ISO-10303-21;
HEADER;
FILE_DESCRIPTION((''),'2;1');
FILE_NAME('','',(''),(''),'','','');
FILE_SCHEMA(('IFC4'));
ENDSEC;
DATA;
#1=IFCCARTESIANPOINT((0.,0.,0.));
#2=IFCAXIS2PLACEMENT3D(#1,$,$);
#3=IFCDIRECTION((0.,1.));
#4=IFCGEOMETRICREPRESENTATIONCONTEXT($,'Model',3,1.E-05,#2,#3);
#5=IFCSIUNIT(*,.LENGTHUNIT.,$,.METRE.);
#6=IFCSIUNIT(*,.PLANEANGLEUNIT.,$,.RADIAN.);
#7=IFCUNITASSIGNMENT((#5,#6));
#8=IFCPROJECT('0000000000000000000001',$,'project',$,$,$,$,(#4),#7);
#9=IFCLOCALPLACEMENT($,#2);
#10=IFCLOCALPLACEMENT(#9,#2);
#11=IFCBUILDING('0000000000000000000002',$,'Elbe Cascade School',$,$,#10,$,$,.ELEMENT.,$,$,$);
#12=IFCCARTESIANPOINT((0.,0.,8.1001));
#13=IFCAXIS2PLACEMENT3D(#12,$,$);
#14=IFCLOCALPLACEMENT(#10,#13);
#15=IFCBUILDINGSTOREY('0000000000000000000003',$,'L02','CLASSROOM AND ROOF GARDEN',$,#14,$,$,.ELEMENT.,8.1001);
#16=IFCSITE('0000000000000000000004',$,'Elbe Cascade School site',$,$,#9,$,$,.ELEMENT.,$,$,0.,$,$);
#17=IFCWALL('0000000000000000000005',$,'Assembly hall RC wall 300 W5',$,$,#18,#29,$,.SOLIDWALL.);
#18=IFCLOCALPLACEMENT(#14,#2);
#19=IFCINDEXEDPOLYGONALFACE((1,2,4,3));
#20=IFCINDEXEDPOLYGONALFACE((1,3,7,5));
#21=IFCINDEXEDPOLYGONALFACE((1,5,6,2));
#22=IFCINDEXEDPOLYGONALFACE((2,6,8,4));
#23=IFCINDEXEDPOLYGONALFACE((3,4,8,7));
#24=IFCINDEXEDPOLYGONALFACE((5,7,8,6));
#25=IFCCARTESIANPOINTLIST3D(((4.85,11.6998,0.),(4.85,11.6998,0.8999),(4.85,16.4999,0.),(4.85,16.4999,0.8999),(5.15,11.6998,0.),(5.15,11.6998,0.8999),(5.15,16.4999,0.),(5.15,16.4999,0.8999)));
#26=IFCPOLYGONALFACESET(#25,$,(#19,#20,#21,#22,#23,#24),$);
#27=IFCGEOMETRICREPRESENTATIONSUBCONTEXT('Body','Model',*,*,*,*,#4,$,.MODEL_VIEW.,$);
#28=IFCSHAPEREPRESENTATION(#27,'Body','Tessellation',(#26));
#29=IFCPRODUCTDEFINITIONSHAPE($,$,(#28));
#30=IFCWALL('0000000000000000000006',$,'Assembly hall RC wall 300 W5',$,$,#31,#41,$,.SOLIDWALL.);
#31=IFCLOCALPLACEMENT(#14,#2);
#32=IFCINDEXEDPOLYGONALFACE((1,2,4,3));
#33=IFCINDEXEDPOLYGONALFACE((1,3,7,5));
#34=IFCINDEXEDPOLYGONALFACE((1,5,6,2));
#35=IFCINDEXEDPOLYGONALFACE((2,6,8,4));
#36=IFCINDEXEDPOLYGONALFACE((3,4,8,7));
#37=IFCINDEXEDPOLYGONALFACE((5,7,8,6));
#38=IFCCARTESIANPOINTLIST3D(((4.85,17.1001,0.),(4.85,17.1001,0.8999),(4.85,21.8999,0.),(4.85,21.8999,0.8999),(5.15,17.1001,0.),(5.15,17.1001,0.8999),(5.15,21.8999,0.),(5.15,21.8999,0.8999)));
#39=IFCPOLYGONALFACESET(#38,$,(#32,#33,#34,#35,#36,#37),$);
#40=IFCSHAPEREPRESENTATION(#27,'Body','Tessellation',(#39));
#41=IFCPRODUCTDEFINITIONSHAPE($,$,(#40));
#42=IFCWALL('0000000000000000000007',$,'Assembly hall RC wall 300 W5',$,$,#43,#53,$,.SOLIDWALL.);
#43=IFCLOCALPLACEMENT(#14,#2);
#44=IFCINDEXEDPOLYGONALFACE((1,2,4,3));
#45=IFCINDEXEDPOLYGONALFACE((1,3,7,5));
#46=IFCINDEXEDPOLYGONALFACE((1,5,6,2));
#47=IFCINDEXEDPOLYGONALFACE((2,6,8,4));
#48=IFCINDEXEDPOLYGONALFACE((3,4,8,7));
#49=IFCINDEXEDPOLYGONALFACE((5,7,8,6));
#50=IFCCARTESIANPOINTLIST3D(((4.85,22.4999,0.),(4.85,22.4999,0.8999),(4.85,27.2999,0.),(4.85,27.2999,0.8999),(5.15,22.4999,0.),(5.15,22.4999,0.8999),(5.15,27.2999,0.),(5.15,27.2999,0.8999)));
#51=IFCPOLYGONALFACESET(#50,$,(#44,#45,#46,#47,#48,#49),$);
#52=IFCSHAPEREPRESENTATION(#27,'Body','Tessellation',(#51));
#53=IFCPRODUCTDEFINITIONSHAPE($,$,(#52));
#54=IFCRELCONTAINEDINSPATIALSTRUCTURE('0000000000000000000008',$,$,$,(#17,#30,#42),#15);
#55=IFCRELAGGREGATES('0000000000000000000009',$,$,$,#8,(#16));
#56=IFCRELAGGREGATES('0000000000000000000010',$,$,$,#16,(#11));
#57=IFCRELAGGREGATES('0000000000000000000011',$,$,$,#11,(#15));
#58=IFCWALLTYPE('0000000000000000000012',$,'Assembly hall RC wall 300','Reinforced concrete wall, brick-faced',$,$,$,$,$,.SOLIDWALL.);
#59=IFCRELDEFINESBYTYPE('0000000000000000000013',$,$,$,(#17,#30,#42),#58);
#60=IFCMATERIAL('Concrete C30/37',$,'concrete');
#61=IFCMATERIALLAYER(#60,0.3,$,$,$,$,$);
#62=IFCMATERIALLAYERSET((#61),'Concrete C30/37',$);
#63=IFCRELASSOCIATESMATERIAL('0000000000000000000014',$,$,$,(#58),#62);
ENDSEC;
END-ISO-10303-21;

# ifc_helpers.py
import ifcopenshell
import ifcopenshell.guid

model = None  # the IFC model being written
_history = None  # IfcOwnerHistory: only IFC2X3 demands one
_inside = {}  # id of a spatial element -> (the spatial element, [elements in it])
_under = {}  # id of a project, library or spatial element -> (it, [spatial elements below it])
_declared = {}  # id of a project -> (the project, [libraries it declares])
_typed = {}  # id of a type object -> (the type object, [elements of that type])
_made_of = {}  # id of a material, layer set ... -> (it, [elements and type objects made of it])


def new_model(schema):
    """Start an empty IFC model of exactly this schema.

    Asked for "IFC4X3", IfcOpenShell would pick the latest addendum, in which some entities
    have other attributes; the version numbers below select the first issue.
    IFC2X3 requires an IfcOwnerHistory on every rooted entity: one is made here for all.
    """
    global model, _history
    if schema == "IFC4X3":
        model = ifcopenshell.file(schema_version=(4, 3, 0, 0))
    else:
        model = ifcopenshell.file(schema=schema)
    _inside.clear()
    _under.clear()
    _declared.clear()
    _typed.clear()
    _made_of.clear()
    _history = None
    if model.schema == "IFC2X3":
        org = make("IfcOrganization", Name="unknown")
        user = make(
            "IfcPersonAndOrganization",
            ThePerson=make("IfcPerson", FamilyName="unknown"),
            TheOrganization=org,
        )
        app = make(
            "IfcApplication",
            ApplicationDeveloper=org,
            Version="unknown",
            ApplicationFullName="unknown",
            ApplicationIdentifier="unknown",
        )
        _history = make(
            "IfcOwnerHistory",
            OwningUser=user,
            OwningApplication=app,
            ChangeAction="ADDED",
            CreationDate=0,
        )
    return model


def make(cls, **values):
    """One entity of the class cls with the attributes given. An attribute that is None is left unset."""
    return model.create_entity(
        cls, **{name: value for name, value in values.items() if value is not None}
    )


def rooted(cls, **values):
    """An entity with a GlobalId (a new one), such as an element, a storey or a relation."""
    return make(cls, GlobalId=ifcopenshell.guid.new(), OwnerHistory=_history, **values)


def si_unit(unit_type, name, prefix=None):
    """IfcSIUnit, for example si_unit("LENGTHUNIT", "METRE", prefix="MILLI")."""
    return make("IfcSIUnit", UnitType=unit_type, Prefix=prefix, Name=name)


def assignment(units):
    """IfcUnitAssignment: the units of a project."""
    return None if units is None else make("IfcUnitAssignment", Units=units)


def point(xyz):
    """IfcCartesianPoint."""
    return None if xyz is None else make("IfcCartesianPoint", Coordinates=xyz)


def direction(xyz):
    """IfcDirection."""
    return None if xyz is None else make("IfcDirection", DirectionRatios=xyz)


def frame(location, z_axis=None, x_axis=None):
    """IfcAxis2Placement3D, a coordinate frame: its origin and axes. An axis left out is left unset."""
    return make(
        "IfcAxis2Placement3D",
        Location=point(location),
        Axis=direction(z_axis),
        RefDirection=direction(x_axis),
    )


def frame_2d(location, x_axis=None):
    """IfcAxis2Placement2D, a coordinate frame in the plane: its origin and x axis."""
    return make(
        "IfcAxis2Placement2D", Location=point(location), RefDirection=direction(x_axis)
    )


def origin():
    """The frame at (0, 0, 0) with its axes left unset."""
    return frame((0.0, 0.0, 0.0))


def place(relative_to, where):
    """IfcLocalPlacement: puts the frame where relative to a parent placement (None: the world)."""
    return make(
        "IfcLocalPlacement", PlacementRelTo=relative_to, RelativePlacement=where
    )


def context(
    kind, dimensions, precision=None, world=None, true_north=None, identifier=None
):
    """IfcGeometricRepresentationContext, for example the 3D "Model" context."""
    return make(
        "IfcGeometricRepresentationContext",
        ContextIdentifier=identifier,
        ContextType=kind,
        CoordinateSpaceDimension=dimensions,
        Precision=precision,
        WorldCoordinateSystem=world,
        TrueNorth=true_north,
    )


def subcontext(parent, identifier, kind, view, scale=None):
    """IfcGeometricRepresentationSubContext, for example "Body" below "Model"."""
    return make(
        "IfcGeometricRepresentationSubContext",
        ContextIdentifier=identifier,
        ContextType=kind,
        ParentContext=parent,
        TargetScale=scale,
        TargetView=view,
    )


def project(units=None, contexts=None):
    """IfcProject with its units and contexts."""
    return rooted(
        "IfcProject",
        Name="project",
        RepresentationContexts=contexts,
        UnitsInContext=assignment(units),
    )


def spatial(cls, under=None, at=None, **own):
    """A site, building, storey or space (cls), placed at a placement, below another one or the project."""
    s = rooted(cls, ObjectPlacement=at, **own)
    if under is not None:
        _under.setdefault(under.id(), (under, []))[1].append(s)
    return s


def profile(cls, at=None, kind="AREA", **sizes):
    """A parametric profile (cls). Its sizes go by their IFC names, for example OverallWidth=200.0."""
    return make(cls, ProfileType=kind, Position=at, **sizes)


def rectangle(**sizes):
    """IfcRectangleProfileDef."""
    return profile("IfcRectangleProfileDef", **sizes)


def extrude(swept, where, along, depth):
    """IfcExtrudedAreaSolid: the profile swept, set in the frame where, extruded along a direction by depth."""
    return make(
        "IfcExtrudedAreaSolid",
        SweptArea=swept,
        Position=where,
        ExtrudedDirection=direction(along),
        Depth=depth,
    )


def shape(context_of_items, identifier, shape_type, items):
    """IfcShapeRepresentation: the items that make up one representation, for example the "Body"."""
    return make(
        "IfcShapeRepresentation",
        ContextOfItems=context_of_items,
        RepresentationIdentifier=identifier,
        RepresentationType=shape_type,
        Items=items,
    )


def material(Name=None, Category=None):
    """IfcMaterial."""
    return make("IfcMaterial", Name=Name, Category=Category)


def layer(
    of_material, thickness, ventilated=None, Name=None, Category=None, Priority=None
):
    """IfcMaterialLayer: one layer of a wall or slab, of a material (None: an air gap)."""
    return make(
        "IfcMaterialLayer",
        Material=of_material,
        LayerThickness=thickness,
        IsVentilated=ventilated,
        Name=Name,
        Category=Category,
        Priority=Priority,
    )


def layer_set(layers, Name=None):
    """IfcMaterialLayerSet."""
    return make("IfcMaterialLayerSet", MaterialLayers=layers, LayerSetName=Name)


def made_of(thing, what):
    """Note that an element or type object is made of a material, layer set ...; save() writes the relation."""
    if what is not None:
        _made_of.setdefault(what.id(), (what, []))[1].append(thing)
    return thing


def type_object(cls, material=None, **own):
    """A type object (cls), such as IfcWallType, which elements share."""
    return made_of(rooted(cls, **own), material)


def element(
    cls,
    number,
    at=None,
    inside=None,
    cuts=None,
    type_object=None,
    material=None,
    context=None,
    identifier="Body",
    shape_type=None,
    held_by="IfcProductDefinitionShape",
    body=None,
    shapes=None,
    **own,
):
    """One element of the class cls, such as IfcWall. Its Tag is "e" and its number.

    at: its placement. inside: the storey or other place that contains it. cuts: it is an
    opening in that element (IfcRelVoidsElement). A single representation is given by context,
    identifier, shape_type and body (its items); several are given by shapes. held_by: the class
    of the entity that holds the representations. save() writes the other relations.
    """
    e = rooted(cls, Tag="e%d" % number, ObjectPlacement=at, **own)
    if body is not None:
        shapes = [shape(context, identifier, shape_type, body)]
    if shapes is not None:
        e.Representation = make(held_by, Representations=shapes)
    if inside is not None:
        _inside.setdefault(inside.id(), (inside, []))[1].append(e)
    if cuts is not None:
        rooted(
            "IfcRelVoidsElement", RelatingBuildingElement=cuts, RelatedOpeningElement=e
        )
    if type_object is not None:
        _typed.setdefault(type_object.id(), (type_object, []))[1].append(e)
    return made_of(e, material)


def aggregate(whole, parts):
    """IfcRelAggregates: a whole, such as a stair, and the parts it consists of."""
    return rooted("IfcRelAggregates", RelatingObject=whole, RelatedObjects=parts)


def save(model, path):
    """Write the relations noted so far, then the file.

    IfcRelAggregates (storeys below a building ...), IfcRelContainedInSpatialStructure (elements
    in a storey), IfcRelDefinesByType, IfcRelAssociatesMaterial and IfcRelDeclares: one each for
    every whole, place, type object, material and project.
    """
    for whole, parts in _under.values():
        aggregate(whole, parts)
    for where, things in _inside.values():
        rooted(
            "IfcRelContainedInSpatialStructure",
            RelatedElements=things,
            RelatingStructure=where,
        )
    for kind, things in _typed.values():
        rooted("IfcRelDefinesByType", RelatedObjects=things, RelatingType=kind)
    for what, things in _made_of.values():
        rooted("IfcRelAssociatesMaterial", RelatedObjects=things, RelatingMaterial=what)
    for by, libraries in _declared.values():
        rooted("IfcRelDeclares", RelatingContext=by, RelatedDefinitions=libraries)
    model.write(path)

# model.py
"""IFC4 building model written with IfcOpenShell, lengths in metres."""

from ifc_helpers import new_model, si_unit, direction, frame, frame_2d, origin, place, context, subcontext, project, spatial, rectangle, extrude, material, layer, layer_set, type_object, element, save


model = new_model("IFC4")

# Units and contexts
model_context = context("Model", 3, precision=1e-05, world=origin(), true_north=direction((0.0, 1.0)))
body_context = subcontext(model_context, "Body", "Model", "MODEL_VIEW")
ifc_project = project(units=[si_unit("LENGTHUNIT", "METRE"), si_unit("PLANEANGLEUNIT", "RADIAN")], contexts=[model_context])

# Site, building, storey
site_placement = place(None, origin())
site = spatial("IfcSite", under=ifc_project, at=site_placement, Name="Elbe Cascade School site", CompositionType="ELEMENT", RefElevation=0.0)
building_placement = place(site_placement, origin())
building = spatial("IfcBuilding", under=site, at=building_placement, Name="Elbe Cascade School", CompositionType="ELEMENT")
storey_placement = place(building_placement, frame((0.0, 0.0, 8.1001)))
storey = spatial("IfcBuildingStorey", under=building, at=storey_placement, Name="L02", Description="CLASSROOM AND ROOF GARDEN", CompositionType="ELEMENT", Elevation=8.1001)

# Walls
ifc_material_1 = material(Name="Concrete C30/37", Category="concrete")
ifc_layer_1 = layer(ifc_material_1, 0.3)
ifc_layer_set_1 = layer_set([ifc_layer_1], Name="Concrete C30/37")
wall_type = type_object("IfcWallType", Name="Assembly hall RC wall 300", Description="Reinforced concrete wall, brick-faced", PredefinedType="SOLIDWALL", material=ifc_layer_set_1)
wall_1_placement = place(storey_placement, frame((5.0, 11.7, 0.0), z_axis=(0.0, 0.0, 1.0), x_axis=(0.0, 1.0, 0.0)))
element("IfcWall", 1, at=wall_1_placement, inside=storey, type_object=wall_type, Name="Assembly hall RC wall 300 W5", PredefinedType="SOLIDWALL", context=body_context, shape_type="SweptSolid", body=[
    extrude(rectangle(XDim=4.8, YDim=0.3, at=frame_2d((2.3999, 0.0))), origin(), (0.0, 0.0, 1.0), 0.8999),
])
wall_2_placement = place(storey_placement, frame((5.0, 17.1001, 0.0), z_axis=(0.0, 0.0, 1.0), x_axis=(0.0, 1.0, 0.0)))
element("IfcWall", 2, at=wall_2_placement, inside=storey, type_object=wall_type, Name="Assembly hall RC wall 300 W5", PredefinedType="SOLIDWALL", context=body_context, shape_type="SweptSolid", body=[
    extrude(rectangle(XDim=4.7998, YDim=0.3, at=frame_2d((2.3999, 0.0))), origin(), (0.0, 0.0, 1.0), 0.8999),
])
wall_3_placement = place(storey_placement, frame((5.0, 22.5, 0.0), z_axis=(0.0, 0.0, 1.0), x_axis=(0.0, 1.0, 0.0)))
element("IfcWall", 3, at=wall_3_placement, inside=storey, type_object=wall_type, Name="Assembly hall RC wall 300 W5", PredefinedType="SOLIDWALL", context=body_context, shape_type="SweptSolid", body=[
    extrude(rectangle(XDim=4.8, YDim=0.3, at=frame_2d((2.3999, 0.0))), origin(), (0.0, 0.0, 1.0), 0.8999),
])

save(model, "model.ifc")
